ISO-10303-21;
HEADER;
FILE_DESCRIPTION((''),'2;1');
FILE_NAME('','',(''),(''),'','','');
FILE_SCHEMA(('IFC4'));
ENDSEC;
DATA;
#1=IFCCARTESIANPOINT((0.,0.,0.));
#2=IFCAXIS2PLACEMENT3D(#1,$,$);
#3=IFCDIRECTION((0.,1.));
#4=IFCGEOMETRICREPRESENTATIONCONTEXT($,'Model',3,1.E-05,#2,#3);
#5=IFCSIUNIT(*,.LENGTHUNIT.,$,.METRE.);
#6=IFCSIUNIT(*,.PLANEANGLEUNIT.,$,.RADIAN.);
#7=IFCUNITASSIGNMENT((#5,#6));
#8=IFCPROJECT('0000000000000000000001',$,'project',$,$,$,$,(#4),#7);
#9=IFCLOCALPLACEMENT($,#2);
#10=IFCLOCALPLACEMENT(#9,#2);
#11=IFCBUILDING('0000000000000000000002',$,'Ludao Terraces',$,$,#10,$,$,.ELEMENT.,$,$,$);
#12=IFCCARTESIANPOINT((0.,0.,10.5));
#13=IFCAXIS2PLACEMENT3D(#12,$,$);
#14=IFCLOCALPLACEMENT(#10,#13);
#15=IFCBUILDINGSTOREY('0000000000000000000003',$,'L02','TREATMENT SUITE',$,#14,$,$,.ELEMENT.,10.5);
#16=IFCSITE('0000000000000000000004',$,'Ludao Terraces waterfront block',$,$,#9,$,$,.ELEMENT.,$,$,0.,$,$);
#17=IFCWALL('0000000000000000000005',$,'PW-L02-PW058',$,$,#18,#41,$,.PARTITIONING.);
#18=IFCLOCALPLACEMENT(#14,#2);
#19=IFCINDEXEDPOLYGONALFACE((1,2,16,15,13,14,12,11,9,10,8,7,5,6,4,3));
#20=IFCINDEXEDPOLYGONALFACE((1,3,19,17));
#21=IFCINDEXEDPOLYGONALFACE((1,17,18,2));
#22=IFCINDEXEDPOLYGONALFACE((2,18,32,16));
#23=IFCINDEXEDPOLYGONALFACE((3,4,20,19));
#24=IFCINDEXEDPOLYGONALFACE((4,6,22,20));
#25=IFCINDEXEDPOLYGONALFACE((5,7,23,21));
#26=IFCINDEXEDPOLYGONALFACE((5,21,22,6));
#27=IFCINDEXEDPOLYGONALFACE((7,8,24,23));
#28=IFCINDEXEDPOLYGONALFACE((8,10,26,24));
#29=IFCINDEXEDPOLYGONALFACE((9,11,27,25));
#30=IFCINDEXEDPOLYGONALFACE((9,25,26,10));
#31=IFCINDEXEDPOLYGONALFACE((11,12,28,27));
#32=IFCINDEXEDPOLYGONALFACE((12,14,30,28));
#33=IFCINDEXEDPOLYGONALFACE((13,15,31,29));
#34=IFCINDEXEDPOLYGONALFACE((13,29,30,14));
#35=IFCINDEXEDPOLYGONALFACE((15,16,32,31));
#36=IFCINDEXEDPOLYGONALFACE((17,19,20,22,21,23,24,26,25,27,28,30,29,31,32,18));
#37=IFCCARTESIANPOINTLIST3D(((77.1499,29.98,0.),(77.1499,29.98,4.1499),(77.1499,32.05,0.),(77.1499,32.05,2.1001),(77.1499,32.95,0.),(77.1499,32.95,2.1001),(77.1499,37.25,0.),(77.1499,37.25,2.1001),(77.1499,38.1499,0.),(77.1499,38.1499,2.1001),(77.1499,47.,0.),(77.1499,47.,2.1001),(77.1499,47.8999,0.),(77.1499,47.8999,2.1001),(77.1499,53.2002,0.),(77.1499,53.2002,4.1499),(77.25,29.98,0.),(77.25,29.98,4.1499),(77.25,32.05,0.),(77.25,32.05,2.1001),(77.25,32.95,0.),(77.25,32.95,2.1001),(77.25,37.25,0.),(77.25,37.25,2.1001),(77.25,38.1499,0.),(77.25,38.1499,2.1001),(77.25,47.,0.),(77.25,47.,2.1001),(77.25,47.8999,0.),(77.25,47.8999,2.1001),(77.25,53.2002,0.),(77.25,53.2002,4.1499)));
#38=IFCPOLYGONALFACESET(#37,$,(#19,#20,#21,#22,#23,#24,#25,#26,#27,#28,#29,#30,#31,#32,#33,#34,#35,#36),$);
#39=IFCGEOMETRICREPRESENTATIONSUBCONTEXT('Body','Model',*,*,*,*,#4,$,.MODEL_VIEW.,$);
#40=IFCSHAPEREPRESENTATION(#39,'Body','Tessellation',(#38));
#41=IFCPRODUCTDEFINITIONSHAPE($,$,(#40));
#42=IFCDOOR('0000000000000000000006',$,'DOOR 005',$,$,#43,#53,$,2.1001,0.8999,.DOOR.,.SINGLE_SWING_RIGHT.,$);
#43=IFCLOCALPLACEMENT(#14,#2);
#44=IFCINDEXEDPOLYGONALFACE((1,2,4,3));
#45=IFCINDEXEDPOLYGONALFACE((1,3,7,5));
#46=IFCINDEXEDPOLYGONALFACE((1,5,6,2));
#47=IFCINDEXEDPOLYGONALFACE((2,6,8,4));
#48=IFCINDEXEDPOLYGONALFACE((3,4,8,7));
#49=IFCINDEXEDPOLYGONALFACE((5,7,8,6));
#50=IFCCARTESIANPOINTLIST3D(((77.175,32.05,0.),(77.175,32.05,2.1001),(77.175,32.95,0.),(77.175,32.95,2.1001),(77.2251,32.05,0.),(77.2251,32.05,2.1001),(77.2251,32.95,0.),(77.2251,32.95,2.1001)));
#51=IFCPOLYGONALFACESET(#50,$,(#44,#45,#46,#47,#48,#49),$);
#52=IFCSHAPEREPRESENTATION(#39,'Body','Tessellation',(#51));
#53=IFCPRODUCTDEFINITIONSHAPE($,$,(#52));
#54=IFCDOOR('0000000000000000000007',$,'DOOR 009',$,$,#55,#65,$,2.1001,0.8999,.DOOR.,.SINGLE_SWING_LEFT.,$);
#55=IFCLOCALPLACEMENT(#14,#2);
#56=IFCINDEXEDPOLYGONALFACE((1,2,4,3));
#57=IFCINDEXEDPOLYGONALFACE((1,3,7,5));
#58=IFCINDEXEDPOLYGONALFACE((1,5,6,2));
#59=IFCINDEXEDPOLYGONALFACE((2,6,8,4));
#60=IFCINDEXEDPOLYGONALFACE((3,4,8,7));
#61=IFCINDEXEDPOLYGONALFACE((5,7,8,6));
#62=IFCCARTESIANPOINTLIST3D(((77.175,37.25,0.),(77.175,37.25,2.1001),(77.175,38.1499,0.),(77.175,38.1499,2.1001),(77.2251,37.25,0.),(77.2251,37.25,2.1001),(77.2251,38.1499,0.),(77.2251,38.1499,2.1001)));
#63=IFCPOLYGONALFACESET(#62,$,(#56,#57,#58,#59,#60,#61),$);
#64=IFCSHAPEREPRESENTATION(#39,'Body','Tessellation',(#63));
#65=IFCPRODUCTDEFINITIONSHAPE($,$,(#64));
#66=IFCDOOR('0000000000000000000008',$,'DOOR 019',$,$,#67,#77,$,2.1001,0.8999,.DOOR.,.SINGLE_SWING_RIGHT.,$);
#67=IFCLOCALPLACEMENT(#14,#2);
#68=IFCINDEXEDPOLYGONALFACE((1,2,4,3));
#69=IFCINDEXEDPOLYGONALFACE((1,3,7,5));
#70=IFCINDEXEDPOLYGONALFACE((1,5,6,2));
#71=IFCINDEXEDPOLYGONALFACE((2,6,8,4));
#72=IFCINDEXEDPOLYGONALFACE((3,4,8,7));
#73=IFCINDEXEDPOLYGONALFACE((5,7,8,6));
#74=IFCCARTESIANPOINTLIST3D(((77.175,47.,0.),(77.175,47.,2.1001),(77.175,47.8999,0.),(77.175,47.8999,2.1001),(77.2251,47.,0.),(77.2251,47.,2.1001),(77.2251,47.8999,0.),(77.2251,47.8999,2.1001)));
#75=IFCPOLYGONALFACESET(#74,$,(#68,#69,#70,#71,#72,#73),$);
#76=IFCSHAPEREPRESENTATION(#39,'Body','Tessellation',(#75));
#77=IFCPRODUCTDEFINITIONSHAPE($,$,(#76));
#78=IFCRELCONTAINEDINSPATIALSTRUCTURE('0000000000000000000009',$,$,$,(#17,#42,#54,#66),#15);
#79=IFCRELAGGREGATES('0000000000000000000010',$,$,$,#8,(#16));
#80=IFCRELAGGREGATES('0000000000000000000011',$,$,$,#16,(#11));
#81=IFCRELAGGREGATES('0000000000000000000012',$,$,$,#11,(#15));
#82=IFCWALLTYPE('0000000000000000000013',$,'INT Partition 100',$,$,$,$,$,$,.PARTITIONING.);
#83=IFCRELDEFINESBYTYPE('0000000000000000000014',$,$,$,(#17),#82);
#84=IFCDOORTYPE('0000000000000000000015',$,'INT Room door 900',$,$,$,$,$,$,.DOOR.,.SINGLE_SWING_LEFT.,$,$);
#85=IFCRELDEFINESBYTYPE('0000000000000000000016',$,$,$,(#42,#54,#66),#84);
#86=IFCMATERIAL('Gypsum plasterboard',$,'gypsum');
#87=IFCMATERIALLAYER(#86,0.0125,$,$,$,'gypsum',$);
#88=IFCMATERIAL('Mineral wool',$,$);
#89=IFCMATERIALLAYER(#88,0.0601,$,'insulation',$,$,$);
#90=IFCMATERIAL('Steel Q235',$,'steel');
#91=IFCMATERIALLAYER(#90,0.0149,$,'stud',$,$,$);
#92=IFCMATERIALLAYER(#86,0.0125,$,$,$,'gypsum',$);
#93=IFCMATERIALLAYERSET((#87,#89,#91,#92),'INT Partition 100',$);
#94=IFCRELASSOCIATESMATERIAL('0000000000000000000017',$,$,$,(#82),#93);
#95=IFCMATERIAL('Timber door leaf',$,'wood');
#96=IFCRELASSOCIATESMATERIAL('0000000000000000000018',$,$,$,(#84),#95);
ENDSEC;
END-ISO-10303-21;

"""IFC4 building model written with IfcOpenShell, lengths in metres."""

from ifc_helpers import new_model, si_unit, direction, frame, frame_2d, origin, place, context, subcontext, project, spatial, rectangle, extrude, material, layer, layer_set, type_object, element, fill, save


model = new_model("IFC4")

# Units and contexts
model_context = context("Model", 3, precision=1e-05, world=origin(), true_north=direction((0.0, 1.0)))
body_context = subcontext(model_context, "Body", "Model", "MODEL_VIEW")
ifc_project = project(units=[si_unit("LENGTHUNIT", "METRE"), si_unit("PLANEANGLEUNIT", "RADIAN")], contexts=[model_context])

# Site, building, storey
site_placement = place(None, origin())
site = spatial("IfcSite", under=ifc_project, at=site_placement, Name="Ludao Terraces waterfront block", CompositionType="ELEMENT", RefElevation=0.0)
building_placement = place(site_placement, origin())
building = spatial("IfcBuilding", under=site, at=building_placement, Name="Ludao Terraces", CompositionType="ELEMENT")
storey_placement = place(building_placement, frame((0.0, 0.0, 10.5)))
storey = spatial("IfcBuildingStorey", under=building, at=storey_placement, Name="L02", Description="TREATMENT SUITE", CompositionType="ELEMENT", Elevation=10.5)

# Shared definitions
ifc_material_1 = material(Name="Gypsum plasterboard", Category="gypsum")
ifc_layer_1 = layer(ifc_material_1, 0.0125, Category="gypsum")
ifc_material_2 = material(Name="Mineral wool")
ifc_layer_2 = layer(ifc_material_2, 0.0601, Name="insulation")
ifc_material_3 = material(Name="Steel Q235", Category="steel")
ifc_layer_3 = layer(ifc_material_3, 0.0149, Name="stud")
ifc_layer_4 = layer(ifc_material_1, 0.0125, Category="gypsum")
ifc_layer_set_1 = layer_set([ifc_layer_1, ifc_layer_2, ifc_layer_3, ifc_layer_4], Name="INT Partition 100")
wall_type = type_object("IfcWallType", Name="INT Partition 100", PredefinedType="PARTITIONING", material=ifc_layer_set_1)

# Wall, openings, doors
wall_1_placement = place(storey_placement, frame((77.2, 29.98, 0.0), z_axis=(0.0, 0.0, 1.0), x_axis=(0.0, 1.0, 0.0)))
wall_1 = element("IfcWall", 1, at=wall_1_placement, inside=storey, type_object=wall_type, Name="PW-L02-PW058", PredefinedType="PARTITIONING", context=body_context, shape_type="SweptSolid", body=[
    extrude(rectangle(XDim=23.2202, YDim=0.1001, at=frame_2d((11.6101, 0.0))), origin(), (0.0, 0.0, 1.0), 4.1499),
])
opening_1_placement = place(wall_1_placement, frame((2.0701, 0.0, 0.0)))
opening_1 = element("IfcOpeningElement", 2, at=opening_1_placement, cuts=wall_1, PredefinedType="OPENING", context=body_context, shape_type="SweptSolid", body=[
    extrude(rectangle(XDim=0.8999, YDim=2.1001, at=frame_2d((0.45, 1.05))), frame((0.0, 0.0601, 0.0), z_axis=(0.0, -1.0, 0.0), x_axis=(1.0, 0.0, 0.0)), (0.0, 0.0, 1.0), 0.1201),
])
opening_2_placement = place(wall_1_placement, frame((7.27, 0.0, 0.0)))
opening_2 = element("IfcOpeningElement", 3, at=opening_2_placement, cuts=wall_1, PredefinedType="OPENING", context=body_context, shape_type="SweptSolid", body=[
    extrude(rectangle(XDim=0.8999, YDim=2.1001, at=frame_2d((0.45, 1.05))), frame((0.0, 0.0601, 0.0), z_axis=(0.0, -1.0, 0.0), x_axis=(1.0, 0.0, 0.0)), (0.0, 0.0, 1.0), 0.1201),
])
opening_3_placement = place(wall_1_placement, frame((17.02, 0.0, 0.0)))
opening_3 = element("IfcOpeningElement", 4, at=opening_3_placement, cuts=wall_1, PredefinedType="OPENING", context=body_context, shape_type="SweptSolid", body=[
    extrude(rectangle(XDim=0.8999, YDim=2.1001, at=frame_2d((0.45, 1.05))), frame((0.0, 0.0601, 0.0), z_axis=(0.0, -1.0, 0.0), x_axis=(1.0, 0.0, 0.0)), (0.0, 0.0, 1.0), 0.1201),
])
ifc_material_4 = material(Name="Timber door leaf", Category="wood")
door_type = type_object("IfcDoorType", Name="INT Room door 900", OperationType="SINGLE_SWING_LEFT", PredefinedType="DOOR", material=ifc_material_4)
door_1_placement = place(opening_1_placement, origin())
door_1 = element("IfcDoor", 5, at=door_1_placement, inside=storey, type_object=door_type, Name="DOOR 005", OperationType="SINGLE_SWING_RIGHT", OverallHeight=2.1001, OverallWidth=0.8999, PredefinedType="DOOR", context=body_context, shape_type="SweptSolid", body=[
    extrude(rectangle(XDim=0.8999, YDim=2.1001, at=frame_2d((0.45, 1.05))), frame((0.0, 0.0249, 0.0), z_axis=(0.0, -1.0, 0.0), x_axis=(1.0, 0.0, 0.0)), (0.0, 0.0, 1.0), 0.05),
])
fill(opening_1, door_1)
door_2_placement = place(opening_2_placement, origin())
door_2 = element("IfcDoor", 6, at=door_2_placement, inside=storey, type_object=door_type, Name="DOOR 009", OperationType="SINGLE_SWING_LEFT", OverallHeight=2.1001, OverallWidth=0.8999, PredefinedType="DOOR", context=body_context, shape_type="SweptSolid", body=[
    extrude(rectangle(XDim=0.8999, YDim=2.1001, at=frame_2d((0.45, 1.05))), frame((0.0, 0.0249, 0.0), z_axis=(0.0, -1.0, 0.0), x_axis=(1.0, 0.0, 0.0)), (0.0, 0.0, 1.0), 0.05),
])
fill(opening_2, door_2)
door_3_placement = place(opening_3_placement, origin())
door_3 = element("IfcDoor", 7, at=door_3_placement, inside=storey, type_object=door_type, Name="DOOR 019", OperationType="SINGLE_SWING_RIGHT", OverallHeight=2.1001, OverallWidth=0.8999, PredefinedType="DOOR", context=body_context, shape_type="SweptSolid", body=[
    extrude(rectangle(XDim=0.8999, YDim=2.1001, at=frame_2d((0.45, 1.05))), frame((0.0, 0.0249, 0.0), z_axis=(0.0, -1.0, 0.0), x_axis=(1.0, 0.0, 0.0)), (0.0, 0.0, 1.0), 0.05),
])
fill(opening_3, door_3)

save(model, "model.ifc")
